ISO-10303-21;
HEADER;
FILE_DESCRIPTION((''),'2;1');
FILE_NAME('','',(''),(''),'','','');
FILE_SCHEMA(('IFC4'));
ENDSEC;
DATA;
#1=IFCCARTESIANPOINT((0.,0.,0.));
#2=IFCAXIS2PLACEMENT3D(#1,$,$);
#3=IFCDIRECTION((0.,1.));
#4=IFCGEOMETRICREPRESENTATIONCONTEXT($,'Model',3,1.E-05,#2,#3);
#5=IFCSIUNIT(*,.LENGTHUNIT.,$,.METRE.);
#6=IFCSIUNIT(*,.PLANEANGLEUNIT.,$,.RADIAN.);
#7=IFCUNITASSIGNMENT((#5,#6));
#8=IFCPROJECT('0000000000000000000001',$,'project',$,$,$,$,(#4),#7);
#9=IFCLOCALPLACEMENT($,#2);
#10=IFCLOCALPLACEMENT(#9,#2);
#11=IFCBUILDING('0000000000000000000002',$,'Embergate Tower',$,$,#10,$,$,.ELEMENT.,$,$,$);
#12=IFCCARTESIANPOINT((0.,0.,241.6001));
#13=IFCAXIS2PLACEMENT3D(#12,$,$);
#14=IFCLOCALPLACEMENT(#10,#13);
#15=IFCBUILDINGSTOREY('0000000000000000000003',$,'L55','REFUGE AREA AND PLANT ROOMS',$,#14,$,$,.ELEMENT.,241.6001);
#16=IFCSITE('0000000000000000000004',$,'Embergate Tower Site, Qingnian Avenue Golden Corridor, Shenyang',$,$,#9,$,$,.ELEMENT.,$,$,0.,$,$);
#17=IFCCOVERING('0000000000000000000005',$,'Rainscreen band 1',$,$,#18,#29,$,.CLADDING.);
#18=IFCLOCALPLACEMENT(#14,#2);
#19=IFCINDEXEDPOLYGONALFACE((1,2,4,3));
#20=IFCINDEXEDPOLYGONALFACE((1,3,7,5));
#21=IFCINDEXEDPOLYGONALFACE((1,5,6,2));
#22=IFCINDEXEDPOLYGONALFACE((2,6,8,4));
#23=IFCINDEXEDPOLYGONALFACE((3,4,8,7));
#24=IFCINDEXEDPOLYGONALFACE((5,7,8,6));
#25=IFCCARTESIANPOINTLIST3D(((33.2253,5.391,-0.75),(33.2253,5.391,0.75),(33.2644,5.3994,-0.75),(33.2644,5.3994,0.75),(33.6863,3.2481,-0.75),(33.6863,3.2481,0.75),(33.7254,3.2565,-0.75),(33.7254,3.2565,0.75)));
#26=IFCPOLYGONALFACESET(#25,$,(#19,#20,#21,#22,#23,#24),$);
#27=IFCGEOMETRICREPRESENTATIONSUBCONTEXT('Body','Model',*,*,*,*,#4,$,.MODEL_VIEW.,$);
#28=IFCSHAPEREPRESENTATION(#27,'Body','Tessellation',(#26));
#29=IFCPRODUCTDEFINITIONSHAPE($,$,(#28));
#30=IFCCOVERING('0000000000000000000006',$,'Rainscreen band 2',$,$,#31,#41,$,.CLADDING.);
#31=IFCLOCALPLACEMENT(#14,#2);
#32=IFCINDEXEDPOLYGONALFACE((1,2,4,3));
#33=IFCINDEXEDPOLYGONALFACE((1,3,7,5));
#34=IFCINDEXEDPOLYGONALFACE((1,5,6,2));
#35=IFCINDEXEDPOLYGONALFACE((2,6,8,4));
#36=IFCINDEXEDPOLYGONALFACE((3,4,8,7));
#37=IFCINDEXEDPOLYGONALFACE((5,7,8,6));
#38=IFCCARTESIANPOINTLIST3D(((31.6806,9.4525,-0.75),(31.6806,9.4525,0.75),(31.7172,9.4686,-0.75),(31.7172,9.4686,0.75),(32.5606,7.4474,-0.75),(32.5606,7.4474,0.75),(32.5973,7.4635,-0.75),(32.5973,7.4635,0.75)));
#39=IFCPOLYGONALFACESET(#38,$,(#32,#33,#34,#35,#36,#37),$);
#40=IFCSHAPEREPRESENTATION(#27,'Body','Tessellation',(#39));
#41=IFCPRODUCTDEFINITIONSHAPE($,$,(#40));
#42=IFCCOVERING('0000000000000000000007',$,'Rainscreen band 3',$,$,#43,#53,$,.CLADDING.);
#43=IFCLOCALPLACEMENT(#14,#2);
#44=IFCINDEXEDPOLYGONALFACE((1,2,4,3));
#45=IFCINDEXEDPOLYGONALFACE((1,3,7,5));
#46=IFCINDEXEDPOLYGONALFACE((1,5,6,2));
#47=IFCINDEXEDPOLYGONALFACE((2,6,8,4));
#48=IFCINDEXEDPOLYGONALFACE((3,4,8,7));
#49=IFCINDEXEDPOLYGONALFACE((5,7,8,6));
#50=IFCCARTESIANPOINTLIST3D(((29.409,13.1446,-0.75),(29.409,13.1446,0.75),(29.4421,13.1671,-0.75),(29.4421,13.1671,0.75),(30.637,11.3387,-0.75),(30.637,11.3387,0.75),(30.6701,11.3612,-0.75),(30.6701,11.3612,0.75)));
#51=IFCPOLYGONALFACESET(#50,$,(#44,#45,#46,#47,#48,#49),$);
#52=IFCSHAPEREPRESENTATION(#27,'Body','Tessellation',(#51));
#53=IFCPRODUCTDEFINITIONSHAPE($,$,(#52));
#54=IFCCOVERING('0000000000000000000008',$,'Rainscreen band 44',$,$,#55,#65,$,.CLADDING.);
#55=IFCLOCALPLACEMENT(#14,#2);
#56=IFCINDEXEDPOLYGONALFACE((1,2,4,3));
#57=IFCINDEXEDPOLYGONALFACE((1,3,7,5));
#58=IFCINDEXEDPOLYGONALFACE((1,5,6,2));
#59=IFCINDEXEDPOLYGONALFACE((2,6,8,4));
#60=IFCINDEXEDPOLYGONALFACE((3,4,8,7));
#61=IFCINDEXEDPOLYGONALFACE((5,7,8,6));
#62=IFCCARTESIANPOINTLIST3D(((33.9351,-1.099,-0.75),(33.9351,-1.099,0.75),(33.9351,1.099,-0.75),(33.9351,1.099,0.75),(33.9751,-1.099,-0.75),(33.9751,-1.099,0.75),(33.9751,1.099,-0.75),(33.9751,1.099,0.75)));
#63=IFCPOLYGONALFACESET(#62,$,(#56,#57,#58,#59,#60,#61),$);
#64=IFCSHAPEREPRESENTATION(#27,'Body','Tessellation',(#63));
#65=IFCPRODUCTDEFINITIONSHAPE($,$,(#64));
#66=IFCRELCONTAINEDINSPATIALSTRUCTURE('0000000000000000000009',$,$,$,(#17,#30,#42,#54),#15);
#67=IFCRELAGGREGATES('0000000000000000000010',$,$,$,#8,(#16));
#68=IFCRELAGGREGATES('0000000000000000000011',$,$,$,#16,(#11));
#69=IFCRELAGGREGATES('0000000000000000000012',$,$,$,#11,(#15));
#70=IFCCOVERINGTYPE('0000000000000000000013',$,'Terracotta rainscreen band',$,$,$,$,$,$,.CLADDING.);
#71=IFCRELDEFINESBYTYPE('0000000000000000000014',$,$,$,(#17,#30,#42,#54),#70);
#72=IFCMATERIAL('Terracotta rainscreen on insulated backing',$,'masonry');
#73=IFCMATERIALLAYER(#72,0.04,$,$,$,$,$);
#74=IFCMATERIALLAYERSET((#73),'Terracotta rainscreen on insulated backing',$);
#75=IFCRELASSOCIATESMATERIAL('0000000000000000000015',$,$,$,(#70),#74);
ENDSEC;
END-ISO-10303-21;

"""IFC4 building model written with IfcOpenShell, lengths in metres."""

from ifc_helpers import new_model, si_unit, direction, frame, origin, origin_2d, place, context, subcontext, project, spatial, rectangle, extrude, source, transform, mapped, material, layer, layer_set, type_object, element, save


model = new_model("IFC4")

# Units and contexts
model_context = context("Model", 3, precision=1e-05, world=origin(), true_north=direction((0.0, 1.0)))
body_context = subcontext(model_context, "Body", "Model", "MODEL_VIEW")
ifc_project = project(units=[si_unit("LENGTHUNIT", "METRE"), si_unit("PLANEANGLEUNIT", "RADIAN")], contexts=[model_context])

# Site, building, storey
site_placement = place(None, origin())
site = spatial("IfcSite", under=ifc_project, at=site_placement, Name="Embergate Tower Site, Qingnian Avenue Golden Corridor, Shenyang", CompositionType="ELEMENT", RefElevation=0.0)
building_placement = place(site_placement, origin())
building = spatial("IfcBuilding", under=site, at=building_placement, Name="Embergate Tower", CompositionType="ELEMENT")
storey_placement = place(building_placement, frame((0.0, 0.0, 241.6001)))
storey = spatial("IfcBuildingStorey", under=building, at=storey_placement, Name="L55", Description="REFUGE AREA AND PLANT ROOMS", CompositionType="ELEMENT", Elevation=241.6001)

# Coverings
ifc_material_1 = material(Name="Terracotta rainscreen on insulated backing", Category="masonry")
ifc_layer_1 = layer(ifc_material_1, 0.04)
ifc_layer_set_1 = layer_set([ifc_layer_1], Name="Terracotta rainscreen on insulated backing")
covering_type = type_object("IfcCoveringType", Name="Terracotta rainscreen band", PredefinedType="CLADDING", material=ifc_layer_set_1)
shared_shape_1 = source(origin(), body_context, "Body", "SweptSolid", [
    extrude(rectangle(XDim=2.1919, YDim=0.04, at=origin_2d()), origin(), (0.0, 0.0, 1.0), 1.5),
])
covering_1_placement = place(storey_placement, frame((33.4753, 4.3237, -0.75), z_axis=(0.0, 0.0, 1.0), x_axis=(-0.210308, 0.977635, 0.0)))
element("IfcCovering", 1, at=covering_1_placement, inside=storey, type_object=covering_type, Name="Rainscreen band 1", PredefinedType="CLADDING", context=body_context, shape_type="MappedRepresentation", body=[
    mapped(shared_shape_1, transform((0.0, 0.0, 0.0))),
])
shared_shape_2 = source(origin(), body_context, "Body", "SweptSolid", [
    extrude(rectangle(XDim=2.1897, YDim=0.04, at=origin_2d()), origin(), (0.0, 0.0, 1.0), 1.5),
])
covering_2_placement = place(storey_placement, frame((32.1389, 8.458, -0.75), z_axis=(0.0, 0.0, 1.0), x_axis=(-0.401897, 0.915685, 0.0)))
element("IfcCovering", 2, at=covering_2_placement, inside=storey, type_object=covering_type, Name="Rainscreen band 2", PredefinedType="CLADDING", context=body_context, shape_type="MappedRepresentation", body=[
    mapped(shared_shape_2, transform((0.0, 0.0, 0.0))),
])
shared_shape_3 = source(origin(), body_context, "Body", "SweptSolid", [
    extrude(rectangle(XDim=2.1838, YDim=0.04, at=origin_2d()), origin(), (0.0, 0.0, 1.0), 1.5),
])
covering_3_placement = place(storey_placement, frame((30.0396, 12.2529, -0.75), z_axis=(0.0, 0.0, 1.0), x_axis=(-0.562285, 0.826943, 0.0)))
element("IfcCovering", 3, at=covering_3_placement, inside=storey, type_object=covering_type, Name="Rainscreen band 3", PredefinedType="CLADDING", context=body_context, shape_type="MappedRepresentation", body=[
    mapped(shared_shape_3, transform((0.0, 0.0, 0.0))),
])
shared_shape_4 = source(origin(), body_context, "Body", "SweptSolid", [
    extrude(rectangle(XDim=2.198, YDim=0.04, at=origin_2d()), origin(), (0.0, 0.0, 1.0), 1.5),
])
covering_4_placement = place(storey_placement, frame((33.9551, 0.0, -0.75), z_axis=(0.0, 0.0, 1.0), x_axis=(0.0, 1.0, 0.0)))
element("IfcCovering", 4, at=covering_4_placement, inside=storey, type_object=covering_type, Name="Rainscreen band 44", PredefinedType="CLADDING", context=body_context, shape_type="MappedRepresentation", body=[
    mapped(shared_shape_4, transform((0.0, 0.0, 0.0))),
])

save(model, "model.ifc")
